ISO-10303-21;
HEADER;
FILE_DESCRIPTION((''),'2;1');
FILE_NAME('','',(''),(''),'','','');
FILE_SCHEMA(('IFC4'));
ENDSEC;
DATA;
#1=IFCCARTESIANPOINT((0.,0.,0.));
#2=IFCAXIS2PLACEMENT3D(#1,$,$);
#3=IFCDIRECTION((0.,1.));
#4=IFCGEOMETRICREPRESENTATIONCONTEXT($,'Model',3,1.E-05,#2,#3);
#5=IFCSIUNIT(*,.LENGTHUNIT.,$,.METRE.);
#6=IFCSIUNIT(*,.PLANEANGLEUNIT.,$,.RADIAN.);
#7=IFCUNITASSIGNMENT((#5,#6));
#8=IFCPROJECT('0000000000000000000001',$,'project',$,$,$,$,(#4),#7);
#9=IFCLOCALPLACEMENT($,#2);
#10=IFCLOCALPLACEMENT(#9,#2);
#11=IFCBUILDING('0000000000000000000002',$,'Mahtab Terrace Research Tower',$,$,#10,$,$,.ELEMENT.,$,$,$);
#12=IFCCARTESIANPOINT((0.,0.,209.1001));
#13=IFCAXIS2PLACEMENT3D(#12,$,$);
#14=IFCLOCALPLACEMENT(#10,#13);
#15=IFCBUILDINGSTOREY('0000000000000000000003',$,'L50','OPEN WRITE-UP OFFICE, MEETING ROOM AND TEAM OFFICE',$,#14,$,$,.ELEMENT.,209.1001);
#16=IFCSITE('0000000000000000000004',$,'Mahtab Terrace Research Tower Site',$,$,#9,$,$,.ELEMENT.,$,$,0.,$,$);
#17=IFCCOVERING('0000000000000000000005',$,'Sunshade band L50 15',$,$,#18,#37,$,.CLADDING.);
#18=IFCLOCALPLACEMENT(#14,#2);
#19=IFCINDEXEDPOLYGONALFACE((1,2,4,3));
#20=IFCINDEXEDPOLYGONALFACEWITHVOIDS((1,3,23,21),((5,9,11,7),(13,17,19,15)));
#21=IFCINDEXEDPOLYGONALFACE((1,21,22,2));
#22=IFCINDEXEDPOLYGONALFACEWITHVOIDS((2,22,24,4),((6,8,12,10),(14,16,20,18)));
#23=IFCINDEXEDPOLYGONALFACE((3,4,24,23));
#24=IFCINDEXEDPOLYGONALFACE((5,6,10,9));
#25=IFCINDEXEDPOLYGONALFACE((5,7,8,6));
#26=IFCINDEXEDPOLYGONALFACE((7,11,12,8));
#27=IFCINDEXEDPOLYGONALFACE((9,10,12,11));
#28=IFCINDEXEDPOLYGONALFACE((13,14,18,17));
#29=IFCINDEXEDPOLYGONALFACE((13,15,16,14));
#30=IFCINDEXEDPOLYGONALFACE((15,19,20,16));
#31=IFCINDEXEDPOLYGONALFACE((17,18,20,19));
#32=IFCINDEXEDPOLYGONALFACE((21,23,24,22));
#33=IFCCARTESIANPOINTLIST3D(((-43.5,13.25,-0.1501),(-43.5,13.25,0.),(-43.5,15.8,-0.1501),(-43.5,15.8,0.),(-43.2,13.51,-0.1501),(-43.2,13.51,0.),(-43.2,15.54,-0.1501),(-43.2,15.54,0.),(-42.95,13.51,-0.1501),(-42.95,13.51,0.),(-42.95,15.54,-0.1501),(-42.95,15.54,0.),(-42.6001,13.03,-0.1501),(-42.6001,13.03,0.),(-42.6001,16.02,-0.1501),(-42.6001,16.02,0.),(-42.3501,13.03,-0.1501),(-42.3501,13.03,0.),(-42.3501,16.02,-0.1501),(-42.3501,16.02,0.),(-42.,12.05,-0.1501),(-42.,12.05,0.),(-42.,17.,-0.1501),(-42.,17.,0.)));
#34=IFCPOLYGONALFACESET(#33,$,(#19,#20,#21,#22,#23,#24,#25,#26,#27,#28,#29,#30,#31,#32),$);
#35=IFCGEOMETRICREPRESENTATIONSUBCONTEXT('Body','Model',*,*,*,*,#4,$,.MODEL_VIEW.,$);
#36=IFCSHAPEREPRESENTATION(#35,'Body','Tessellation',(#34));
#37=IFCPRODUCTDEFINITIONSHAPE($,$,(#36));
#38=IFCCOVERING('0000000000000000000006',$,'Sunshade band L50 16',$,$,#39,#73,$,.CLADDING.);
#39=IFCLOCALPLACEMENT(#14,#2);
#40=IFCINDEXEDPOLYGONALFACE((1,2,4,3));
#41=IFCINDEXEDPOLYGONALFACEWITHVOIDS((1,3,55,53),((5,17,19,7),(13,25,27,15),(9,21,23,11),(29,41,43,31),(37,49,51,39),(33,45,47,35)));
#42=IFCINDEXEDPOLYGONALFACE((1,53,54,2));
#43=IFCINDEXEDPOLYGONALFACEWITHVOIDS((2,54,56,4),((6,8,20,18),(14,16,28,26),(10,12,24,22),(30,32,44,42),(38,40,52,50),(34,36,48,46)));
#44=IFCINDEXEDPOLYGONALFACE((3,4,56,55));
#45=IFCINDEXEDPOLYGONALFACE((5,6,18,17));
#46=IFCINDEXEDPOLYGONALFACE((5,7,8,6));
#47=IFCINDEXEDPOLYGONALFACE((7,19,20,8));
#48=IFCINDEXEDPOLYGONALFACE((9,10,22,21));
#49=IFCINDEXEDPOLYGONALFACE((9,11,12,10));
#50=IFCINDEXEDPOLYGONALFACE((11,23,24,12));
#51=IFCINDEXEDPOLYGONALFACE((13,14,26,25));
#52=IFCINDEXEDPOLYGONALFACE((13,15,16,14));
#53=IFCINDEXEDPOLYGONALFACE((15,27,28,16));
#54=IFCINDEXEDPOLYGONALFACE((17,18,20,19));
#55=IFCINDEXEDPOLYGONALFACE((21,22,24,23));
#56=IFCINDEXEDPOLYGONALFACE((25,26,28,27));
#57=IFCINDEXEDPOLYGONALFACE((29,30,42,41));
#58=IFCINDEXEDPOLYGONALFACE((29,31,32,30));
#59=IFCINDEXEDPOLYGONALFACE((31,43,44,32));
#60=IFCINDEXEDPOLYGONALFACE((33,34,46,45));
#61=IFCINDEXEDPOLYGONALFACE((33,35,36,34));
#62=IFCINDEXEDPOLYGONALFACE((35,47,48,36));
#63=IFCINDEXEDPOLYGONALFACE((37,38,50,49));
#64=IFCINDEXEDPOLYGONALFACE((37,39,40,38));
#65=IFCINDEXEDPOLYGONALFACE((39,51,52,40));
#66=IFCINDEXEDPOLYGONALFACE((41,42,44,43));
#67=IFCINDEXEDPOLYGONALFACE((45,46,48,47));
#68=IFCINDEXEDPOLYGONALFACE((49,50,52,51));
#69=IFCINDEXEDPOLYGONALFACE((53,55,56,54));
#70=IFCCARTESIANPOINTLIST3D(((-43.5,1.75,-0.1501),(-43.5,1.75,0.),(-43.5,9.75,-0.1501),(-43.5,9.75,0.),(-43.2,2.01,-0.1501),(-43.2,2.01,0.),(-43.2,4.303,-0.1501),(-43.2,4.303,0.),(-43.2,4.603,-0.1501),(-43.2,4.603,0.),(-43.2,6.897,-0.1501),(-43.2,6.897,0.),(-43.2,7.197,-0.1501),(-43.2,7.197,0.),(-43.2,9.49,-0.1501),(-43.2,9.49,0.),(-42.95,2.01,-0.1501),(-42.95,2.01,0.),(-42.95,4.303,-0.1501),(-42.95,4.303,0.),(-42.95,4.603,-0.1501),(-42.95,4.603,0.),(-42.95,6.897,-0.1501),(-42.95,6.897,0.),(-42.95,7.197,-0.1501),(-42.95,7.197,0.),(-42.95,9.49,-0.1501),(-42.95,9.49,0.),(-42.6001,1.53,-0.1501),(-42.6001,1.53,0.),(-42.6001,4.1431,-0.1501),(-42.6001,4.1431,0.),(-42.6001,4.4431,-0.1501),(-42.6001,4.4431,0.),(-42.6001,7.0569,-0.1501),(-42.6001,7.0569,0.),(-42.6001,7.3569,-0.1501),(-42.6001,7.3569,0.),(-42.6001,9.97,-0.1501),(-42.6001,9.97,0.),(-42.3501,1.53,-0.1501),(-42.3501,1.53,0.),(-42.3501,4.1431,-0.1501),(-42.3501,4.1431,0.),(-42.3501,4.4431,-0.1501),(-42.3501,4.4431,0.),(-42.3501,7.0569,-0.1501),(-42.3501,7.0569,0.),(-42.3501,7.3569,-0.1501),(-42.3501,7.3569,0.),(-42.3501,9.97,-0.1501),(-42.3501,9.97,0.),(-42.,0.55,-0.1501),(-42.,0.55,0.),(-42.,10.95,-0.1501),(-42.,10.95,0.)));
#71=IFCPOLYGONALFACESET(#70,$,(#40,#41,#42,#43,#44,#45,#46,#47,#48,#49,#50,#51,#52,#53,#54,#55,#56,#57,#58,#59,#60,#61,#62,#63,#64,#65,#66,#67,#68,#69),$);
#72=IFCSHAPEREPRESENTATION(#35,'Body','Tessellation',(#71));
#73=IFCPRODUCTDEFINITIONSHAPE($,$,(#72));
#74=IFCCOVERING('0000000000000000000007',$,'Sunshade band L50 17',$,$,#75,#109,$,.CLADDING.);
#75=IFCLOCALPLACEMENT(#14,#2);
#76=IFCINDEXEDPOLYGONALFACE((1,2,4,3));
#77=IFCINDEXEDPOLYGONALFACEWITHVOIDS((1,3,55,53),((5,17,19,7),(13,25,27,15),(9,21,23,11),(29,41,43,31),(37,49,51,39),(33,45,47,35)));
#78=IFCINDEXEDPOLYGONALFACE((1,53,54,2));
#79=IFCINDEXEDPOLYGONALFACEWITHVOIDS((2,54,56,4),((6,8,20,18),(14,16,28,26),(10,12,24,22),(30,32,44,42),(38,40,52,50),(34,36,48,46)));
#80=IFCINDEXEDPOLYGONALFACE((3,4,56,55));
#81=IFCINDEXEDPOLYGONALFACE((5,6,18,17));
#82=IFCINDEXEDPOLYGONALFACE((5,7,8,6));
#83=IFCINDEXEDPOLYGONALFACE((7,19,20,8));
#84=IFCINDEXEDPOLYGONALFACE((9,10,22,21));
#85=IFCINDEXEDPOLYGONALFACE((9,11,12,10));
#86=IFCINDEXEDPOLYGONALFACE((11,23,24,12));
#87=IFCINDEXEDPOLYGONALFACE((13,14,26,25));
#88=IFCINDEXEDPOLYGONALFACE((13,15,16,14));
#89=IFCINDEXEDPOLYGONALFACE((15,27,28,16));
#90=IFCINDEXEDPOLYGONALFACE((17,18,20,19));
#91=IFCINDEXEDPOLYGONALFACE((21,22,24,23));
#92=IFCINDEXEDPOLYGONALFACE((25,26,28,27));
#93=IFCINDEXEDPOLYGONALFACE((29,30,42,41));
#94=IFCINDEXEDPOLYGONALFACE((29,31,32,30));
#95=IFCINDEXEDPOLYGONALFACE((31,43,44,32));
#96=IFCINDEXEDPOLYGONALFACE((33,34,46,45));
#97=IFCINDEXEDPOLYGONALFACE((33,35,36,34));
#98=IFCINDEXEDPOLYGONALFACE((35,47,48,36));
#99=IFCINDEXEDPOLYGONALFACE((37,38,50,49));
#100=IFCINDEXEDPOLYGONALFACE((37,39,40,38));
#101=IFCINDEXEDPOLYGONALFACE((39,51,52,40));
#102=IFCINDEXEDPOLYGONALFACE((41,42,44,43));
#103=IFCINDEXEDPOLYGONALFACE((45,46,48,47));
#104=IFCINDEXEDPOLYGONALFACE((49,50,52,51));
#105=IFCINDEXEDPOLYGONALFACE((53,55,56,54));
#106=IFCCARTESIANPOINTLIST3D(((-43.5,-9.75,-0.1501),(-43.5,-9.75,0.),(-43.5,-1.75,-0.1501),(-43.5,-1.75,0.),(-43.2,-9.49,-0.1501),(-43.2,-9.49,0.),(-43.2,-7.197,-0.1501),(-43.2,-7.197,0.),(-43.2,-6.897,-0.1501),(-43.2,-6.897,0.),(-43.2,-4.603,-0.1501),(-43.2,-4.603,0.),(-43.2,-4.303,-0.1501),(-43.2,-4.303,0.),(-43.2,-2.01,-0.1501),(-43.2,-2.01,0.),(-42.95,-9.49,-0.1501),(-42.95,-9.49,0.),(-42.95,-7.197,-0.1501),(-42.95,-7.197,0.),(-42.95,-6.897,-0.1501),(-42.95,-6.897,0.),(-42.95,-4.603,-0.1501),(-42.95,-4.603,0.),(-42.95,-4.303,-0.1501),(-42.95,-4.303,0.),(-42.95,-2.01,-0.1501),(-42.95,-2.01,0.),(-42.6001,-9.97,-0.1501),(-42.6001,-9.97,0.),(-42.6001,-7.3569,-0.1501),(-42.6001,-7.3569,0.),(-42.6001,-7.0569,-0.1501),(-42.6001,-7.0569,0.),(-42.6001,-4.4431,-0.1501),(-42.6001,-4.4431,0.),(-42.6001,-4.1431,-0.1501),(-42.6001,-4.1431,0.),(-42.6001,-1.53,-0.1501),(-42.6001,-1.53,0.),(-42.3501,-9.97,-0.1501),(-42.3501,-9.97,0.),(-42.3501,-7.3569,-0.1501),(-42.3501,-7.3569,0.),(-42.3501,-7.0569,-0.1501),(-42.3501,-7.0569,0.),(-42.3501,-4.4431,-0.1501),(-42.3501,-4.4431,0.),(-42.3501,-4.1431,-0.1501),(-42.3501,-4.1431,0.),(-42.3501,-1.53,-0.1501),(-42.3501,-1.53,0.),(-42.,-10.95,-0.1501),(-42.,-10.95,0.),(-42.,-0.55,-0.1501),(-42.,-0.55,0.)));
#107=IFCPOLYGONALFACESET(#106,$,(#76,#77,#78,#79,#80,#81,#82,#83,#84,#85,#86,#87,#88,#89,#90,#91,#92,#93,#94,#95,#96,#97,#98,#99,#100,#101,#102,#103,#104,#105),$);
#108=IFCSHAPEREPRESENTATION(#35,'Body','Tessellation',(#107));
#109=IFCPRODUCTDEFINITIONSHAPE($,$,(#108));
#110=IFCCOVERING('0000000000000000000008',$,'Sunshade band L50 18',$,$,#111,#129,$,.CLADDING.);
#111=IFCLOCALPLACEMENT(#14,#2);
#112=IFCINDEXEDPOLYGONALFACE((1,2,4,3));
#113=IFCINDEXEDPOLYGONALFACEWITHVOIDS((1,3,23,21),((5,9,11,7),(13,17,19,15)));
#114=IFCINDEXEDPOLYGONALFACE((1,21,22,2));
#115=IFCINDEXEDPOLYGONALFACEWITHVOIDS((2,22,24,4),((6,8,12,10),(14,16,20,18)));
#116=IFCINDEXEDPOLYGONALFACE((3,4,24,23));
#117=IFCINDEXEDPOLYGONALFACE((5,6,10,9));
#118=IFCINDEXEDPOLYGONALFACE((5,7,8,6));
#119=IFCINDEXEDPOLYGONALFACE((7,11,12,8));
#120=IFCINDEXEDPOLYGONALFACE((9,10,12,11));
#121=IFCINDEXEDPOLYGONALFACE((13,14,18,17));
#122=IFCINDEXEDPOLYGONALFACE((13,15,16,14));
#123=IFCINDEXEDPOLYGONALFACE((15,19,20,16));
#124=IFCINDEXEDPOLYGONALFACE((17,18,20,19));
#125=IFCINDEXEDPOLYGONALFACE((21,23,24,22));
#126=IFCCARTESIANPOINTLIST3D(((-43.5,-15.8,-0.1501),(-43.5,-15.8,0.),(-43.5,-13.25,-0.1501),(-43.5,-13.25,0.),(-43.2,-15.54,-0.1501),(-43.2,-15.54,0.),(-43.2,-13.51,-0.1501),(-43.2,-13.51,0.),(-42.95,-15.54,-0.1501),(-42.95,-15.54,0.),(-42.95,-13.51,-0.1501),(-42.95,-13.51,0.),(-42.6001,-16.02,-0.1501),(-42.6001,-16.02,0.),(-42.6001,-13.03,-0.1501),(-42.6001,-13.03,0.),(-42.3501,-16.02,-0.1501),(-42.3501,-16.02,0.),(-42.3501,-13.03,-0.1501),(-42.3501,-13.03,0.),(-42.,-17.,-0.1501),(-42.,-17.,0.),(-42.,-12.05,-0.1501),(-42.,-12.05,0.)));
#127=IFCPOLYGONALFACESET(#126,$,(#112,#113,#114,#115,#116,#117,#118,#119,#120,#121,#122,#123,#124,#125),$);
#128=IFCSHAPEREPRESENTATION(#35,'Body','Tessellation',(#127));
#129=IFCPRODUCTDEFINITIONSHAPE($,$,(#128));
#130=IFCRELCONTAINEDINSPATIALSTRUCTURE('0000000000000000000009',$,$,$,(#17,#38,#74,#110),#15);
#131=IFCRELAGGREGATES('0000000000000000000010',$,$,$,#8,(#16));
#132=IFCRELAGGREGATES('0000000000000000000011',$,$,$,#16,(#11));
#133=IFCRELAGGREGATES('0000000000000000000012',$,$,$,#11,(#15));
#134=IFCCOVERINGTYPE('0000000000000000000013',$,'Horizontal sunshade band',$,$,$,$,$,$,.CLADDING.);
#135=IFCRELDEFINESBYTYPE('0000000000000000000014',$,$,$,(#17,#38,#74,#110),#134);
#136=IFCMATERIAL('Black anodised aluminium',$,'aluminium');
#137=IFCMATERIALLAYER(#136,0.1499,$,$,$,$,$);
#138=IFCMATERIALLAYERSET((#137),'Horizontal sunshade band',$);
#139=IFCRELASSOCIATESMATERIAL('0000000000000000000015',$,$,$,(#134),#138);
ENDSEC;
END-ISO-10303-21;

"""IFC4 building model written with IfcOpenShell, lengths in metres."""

from ifc_helpers import new_model, si_unit, direction, frame, origin, place, context, subcontext, project, spatial, polyline, outline, extrude, material, layer, layer_set, type_object, element, save


model = new_model("IFC4")

# Units and contexts
model_context = context("Model", 3, precision=1e-05, world=origin(), true_north=direction((0.0, 1.0)))
body_context = subcontext(model_context, "Body", "Model", "MODEL_VIEW")
ifc_project = project(units=[si_unit("LENGTHUNIT", "METRE"), si_unit("PLANEANGLEUNIT", "RADIAN")], contexts=[model_context])

# Site, building, storey
site_placement = place(None, origin())
site = spatial("IfcSite", under=ifc_project, at=site_placement, Name="Mahtab Terrace Research Tower Site", CompositionType="ELEMENT", RefElevation=0.0)
building_placement = place(site_placement, origin())
building = spatial("IfcBuilding", under=site, at=building_placement, Name="Mahtab Terrace Research Tower", CompositionType="ELEMENT")
storey_placement = place(building_placement, frame((0.0, 0.0, 209.1001)))
storey = spatial("IfcBuildingStorey", under=building, at=storey_placement, Name="L50", Description="OPEN WRITE-UP OFFICE, MEETING ROOM AND TEAM OFFICE", CompositionType="ELEMENT", Elevation=209.1001)

# Coverings
ifc_material_1 = material(Name="Black anodised aluminium", Category="aluminium")
ifc_layer_1 = layer(ifc_material_1, 0.1499)
ifc_layer_set_1 = layer_set([ifc_layer_1], Name="Horizontal sunshade band")
covering_type = type_object("IfcCoveringType", Name="Horizontal sunshade band", PredefinedType="CLADDING", material=ifc_layer_set_1)
covering_1_placement = place(storey_placement, frame((0.0, 0.0, -0.1501)))
element("IfcCovering", 1, at=covering_1_placement, inside=storey, type_object=covering_type, Name="Sunshade band L50 15", PredefinedType="CLADDING", context=body_context, shape_type="SweptSolid", body=[
    extrude(outline(polyline([(-42.0, 17.0), (-42.0, 12.05), (-43.5, 13.25), (-43.5, 15.8), (-42.0, 17.0)]), holes=[polyline([(-42.3501, 16.02), (-42.3501, 13.03), (-42.6001, 13.03), (-42.6001, 16.02), (-42.3501, 16.02)]), polyline([(-42.95, 15.54), (-42.95, 13.51), (-43.2, 13.51), (-43.2, 15.54), (-42.95, 15.54)])]), origin(), (0.0, 0.0, 1.0), 0.1501),
])
covering_2_placement = place(storey_placement, frame((0.0, 0.0, -0.1501)))
element("IfcCovering", 2, at=covering_2_placement, inside=storey, type_object=covering_type, Name="Sunshade band L50 16", PredefinedType="CLADDING", context=body_context, shape_type="SweptSolid", body=[
    extrude(outline(polyline([(-42.0, 10.95), (-42.0, 0.55), (-43.5, 1.75), (-43.5, 9.75), (-42.0, 10.95)]), holes=[polyline([(-42.3501, 9.97), (-42.3501, 7.3569), (-42.6001, 7.3569), (-42.6001, 9.97), (-42.3501, 9.97)]), polyline([(-42.3501, 7.0569), (-42.3501, 4.4431), (-42.6001, 4.4431), (-42.6001, 7.0569), (-42.3501, 7.0569)]), polyline([(-42.3501, 4.1431), (-42.3501, 1.53), (-42.6001, 1.53), (-42.6001, 4.1431), (-42.3501, 4.1431)]), polyline([(-42.95, 9.49), (-42.95, 7.197), (-43.2, 7.197), (-43.2, 9.49), (-42.95, 9.49)]), polyline([(-42.95, 6.897), (-42.95, 4.603), (-43.2, 4.603), (-43.2, 6.897), (-42.95, 6.897)]), polyline([(-42.95, 4.303), (-42.95, 2.01), (-43.2, 2.01), (-43.2, 4.303), (-42.95, 4.303)])]), origin(), (0.0, 0.0, 1.0), 0.1501),
])
covering_3_placement = place(storey_placement, frame((0.0, 0.0, -0.1501)))
element("IfcCovering", 3, at=covering_3_placement, inside=storey, type_object=covering_type, Name="Sunshade band L50 17", PredefinedType="CLADDING", context=body_context, shape_type="SweptSolid", body=[
    extrude(outline(polyline([(-42.0, -0.55), (-42.0, -10.95), (-43.5, -9.75), (-43.5, -1.75), (-42.0, -0.55)]), holes=[polyline([(-42.3501, -1.53), (-42.3501, -4.1431), (-42.6001, -4.1431), (-42.6001, -1.53), (-42.3501, -1.53)]), polyline([(-42.3501, -4.4431), (-42.3501, -7.0569), (-42.6001, -7.0569), (-42.6001, -4.4431), (-42.3501, -4.4431)]), polyline([(-42.3501, -7.3569), (-42.3501, -9.97), (-42.6001, -9.97), (-42.6001, -7.3569), (-42.3501, -7.3569)]), polyline([(-42.95, -2.01), (-42.95, -4.303), (-43.2, -4.303), (-43.2, -2.01), (-42.95, -2.01)]), polyline([(-42.95, -4.603), (-42.95, -6.897), (-43.2, -6.897), (-43.2, -4.603), (-42.95, -4.603)]), polyline([(-42.95, -7.197), (-42.95, -9.49), (-43.2, -9.49), (-43.2, -7.197), (-42.95, -7.197)])]), origin(), (0.0, 0.0, 1.0), 0.1501),
])
covering_4_placement = place(storey_placement, frame((0.0, 0.0, -0.1501)))
element("IfcCovering", 4, at=covering_4_placement, inside=storey, type_object=covering_type, Name="Sunshade band L50 18", PredefinedType="CLADDING", context=body_context, shape_type="SweptSolid", body=[
    extrude(outline(polyline([(-42.0, -12.05), (-42.0, -17.0), (-43.5, -15.8), (-43.5, -13.25), (-42.0, -12.05)]), holes=[polyline([(-42.3501, -13.03), (-42.3501, -16.02), (-42.6001, -16.02), (-42.6001, -13.03), (-42.3501, -13.03)]), polyline([(-42.95, -13.51), (-42.95, -15.54), (-43.2, -15.54), (-43.2, -13.51), (-42.95, -13.51)])]), origin(), (0.0, 0.0, 1.0), 0.1501),
])

save(model, "model.ifc")
